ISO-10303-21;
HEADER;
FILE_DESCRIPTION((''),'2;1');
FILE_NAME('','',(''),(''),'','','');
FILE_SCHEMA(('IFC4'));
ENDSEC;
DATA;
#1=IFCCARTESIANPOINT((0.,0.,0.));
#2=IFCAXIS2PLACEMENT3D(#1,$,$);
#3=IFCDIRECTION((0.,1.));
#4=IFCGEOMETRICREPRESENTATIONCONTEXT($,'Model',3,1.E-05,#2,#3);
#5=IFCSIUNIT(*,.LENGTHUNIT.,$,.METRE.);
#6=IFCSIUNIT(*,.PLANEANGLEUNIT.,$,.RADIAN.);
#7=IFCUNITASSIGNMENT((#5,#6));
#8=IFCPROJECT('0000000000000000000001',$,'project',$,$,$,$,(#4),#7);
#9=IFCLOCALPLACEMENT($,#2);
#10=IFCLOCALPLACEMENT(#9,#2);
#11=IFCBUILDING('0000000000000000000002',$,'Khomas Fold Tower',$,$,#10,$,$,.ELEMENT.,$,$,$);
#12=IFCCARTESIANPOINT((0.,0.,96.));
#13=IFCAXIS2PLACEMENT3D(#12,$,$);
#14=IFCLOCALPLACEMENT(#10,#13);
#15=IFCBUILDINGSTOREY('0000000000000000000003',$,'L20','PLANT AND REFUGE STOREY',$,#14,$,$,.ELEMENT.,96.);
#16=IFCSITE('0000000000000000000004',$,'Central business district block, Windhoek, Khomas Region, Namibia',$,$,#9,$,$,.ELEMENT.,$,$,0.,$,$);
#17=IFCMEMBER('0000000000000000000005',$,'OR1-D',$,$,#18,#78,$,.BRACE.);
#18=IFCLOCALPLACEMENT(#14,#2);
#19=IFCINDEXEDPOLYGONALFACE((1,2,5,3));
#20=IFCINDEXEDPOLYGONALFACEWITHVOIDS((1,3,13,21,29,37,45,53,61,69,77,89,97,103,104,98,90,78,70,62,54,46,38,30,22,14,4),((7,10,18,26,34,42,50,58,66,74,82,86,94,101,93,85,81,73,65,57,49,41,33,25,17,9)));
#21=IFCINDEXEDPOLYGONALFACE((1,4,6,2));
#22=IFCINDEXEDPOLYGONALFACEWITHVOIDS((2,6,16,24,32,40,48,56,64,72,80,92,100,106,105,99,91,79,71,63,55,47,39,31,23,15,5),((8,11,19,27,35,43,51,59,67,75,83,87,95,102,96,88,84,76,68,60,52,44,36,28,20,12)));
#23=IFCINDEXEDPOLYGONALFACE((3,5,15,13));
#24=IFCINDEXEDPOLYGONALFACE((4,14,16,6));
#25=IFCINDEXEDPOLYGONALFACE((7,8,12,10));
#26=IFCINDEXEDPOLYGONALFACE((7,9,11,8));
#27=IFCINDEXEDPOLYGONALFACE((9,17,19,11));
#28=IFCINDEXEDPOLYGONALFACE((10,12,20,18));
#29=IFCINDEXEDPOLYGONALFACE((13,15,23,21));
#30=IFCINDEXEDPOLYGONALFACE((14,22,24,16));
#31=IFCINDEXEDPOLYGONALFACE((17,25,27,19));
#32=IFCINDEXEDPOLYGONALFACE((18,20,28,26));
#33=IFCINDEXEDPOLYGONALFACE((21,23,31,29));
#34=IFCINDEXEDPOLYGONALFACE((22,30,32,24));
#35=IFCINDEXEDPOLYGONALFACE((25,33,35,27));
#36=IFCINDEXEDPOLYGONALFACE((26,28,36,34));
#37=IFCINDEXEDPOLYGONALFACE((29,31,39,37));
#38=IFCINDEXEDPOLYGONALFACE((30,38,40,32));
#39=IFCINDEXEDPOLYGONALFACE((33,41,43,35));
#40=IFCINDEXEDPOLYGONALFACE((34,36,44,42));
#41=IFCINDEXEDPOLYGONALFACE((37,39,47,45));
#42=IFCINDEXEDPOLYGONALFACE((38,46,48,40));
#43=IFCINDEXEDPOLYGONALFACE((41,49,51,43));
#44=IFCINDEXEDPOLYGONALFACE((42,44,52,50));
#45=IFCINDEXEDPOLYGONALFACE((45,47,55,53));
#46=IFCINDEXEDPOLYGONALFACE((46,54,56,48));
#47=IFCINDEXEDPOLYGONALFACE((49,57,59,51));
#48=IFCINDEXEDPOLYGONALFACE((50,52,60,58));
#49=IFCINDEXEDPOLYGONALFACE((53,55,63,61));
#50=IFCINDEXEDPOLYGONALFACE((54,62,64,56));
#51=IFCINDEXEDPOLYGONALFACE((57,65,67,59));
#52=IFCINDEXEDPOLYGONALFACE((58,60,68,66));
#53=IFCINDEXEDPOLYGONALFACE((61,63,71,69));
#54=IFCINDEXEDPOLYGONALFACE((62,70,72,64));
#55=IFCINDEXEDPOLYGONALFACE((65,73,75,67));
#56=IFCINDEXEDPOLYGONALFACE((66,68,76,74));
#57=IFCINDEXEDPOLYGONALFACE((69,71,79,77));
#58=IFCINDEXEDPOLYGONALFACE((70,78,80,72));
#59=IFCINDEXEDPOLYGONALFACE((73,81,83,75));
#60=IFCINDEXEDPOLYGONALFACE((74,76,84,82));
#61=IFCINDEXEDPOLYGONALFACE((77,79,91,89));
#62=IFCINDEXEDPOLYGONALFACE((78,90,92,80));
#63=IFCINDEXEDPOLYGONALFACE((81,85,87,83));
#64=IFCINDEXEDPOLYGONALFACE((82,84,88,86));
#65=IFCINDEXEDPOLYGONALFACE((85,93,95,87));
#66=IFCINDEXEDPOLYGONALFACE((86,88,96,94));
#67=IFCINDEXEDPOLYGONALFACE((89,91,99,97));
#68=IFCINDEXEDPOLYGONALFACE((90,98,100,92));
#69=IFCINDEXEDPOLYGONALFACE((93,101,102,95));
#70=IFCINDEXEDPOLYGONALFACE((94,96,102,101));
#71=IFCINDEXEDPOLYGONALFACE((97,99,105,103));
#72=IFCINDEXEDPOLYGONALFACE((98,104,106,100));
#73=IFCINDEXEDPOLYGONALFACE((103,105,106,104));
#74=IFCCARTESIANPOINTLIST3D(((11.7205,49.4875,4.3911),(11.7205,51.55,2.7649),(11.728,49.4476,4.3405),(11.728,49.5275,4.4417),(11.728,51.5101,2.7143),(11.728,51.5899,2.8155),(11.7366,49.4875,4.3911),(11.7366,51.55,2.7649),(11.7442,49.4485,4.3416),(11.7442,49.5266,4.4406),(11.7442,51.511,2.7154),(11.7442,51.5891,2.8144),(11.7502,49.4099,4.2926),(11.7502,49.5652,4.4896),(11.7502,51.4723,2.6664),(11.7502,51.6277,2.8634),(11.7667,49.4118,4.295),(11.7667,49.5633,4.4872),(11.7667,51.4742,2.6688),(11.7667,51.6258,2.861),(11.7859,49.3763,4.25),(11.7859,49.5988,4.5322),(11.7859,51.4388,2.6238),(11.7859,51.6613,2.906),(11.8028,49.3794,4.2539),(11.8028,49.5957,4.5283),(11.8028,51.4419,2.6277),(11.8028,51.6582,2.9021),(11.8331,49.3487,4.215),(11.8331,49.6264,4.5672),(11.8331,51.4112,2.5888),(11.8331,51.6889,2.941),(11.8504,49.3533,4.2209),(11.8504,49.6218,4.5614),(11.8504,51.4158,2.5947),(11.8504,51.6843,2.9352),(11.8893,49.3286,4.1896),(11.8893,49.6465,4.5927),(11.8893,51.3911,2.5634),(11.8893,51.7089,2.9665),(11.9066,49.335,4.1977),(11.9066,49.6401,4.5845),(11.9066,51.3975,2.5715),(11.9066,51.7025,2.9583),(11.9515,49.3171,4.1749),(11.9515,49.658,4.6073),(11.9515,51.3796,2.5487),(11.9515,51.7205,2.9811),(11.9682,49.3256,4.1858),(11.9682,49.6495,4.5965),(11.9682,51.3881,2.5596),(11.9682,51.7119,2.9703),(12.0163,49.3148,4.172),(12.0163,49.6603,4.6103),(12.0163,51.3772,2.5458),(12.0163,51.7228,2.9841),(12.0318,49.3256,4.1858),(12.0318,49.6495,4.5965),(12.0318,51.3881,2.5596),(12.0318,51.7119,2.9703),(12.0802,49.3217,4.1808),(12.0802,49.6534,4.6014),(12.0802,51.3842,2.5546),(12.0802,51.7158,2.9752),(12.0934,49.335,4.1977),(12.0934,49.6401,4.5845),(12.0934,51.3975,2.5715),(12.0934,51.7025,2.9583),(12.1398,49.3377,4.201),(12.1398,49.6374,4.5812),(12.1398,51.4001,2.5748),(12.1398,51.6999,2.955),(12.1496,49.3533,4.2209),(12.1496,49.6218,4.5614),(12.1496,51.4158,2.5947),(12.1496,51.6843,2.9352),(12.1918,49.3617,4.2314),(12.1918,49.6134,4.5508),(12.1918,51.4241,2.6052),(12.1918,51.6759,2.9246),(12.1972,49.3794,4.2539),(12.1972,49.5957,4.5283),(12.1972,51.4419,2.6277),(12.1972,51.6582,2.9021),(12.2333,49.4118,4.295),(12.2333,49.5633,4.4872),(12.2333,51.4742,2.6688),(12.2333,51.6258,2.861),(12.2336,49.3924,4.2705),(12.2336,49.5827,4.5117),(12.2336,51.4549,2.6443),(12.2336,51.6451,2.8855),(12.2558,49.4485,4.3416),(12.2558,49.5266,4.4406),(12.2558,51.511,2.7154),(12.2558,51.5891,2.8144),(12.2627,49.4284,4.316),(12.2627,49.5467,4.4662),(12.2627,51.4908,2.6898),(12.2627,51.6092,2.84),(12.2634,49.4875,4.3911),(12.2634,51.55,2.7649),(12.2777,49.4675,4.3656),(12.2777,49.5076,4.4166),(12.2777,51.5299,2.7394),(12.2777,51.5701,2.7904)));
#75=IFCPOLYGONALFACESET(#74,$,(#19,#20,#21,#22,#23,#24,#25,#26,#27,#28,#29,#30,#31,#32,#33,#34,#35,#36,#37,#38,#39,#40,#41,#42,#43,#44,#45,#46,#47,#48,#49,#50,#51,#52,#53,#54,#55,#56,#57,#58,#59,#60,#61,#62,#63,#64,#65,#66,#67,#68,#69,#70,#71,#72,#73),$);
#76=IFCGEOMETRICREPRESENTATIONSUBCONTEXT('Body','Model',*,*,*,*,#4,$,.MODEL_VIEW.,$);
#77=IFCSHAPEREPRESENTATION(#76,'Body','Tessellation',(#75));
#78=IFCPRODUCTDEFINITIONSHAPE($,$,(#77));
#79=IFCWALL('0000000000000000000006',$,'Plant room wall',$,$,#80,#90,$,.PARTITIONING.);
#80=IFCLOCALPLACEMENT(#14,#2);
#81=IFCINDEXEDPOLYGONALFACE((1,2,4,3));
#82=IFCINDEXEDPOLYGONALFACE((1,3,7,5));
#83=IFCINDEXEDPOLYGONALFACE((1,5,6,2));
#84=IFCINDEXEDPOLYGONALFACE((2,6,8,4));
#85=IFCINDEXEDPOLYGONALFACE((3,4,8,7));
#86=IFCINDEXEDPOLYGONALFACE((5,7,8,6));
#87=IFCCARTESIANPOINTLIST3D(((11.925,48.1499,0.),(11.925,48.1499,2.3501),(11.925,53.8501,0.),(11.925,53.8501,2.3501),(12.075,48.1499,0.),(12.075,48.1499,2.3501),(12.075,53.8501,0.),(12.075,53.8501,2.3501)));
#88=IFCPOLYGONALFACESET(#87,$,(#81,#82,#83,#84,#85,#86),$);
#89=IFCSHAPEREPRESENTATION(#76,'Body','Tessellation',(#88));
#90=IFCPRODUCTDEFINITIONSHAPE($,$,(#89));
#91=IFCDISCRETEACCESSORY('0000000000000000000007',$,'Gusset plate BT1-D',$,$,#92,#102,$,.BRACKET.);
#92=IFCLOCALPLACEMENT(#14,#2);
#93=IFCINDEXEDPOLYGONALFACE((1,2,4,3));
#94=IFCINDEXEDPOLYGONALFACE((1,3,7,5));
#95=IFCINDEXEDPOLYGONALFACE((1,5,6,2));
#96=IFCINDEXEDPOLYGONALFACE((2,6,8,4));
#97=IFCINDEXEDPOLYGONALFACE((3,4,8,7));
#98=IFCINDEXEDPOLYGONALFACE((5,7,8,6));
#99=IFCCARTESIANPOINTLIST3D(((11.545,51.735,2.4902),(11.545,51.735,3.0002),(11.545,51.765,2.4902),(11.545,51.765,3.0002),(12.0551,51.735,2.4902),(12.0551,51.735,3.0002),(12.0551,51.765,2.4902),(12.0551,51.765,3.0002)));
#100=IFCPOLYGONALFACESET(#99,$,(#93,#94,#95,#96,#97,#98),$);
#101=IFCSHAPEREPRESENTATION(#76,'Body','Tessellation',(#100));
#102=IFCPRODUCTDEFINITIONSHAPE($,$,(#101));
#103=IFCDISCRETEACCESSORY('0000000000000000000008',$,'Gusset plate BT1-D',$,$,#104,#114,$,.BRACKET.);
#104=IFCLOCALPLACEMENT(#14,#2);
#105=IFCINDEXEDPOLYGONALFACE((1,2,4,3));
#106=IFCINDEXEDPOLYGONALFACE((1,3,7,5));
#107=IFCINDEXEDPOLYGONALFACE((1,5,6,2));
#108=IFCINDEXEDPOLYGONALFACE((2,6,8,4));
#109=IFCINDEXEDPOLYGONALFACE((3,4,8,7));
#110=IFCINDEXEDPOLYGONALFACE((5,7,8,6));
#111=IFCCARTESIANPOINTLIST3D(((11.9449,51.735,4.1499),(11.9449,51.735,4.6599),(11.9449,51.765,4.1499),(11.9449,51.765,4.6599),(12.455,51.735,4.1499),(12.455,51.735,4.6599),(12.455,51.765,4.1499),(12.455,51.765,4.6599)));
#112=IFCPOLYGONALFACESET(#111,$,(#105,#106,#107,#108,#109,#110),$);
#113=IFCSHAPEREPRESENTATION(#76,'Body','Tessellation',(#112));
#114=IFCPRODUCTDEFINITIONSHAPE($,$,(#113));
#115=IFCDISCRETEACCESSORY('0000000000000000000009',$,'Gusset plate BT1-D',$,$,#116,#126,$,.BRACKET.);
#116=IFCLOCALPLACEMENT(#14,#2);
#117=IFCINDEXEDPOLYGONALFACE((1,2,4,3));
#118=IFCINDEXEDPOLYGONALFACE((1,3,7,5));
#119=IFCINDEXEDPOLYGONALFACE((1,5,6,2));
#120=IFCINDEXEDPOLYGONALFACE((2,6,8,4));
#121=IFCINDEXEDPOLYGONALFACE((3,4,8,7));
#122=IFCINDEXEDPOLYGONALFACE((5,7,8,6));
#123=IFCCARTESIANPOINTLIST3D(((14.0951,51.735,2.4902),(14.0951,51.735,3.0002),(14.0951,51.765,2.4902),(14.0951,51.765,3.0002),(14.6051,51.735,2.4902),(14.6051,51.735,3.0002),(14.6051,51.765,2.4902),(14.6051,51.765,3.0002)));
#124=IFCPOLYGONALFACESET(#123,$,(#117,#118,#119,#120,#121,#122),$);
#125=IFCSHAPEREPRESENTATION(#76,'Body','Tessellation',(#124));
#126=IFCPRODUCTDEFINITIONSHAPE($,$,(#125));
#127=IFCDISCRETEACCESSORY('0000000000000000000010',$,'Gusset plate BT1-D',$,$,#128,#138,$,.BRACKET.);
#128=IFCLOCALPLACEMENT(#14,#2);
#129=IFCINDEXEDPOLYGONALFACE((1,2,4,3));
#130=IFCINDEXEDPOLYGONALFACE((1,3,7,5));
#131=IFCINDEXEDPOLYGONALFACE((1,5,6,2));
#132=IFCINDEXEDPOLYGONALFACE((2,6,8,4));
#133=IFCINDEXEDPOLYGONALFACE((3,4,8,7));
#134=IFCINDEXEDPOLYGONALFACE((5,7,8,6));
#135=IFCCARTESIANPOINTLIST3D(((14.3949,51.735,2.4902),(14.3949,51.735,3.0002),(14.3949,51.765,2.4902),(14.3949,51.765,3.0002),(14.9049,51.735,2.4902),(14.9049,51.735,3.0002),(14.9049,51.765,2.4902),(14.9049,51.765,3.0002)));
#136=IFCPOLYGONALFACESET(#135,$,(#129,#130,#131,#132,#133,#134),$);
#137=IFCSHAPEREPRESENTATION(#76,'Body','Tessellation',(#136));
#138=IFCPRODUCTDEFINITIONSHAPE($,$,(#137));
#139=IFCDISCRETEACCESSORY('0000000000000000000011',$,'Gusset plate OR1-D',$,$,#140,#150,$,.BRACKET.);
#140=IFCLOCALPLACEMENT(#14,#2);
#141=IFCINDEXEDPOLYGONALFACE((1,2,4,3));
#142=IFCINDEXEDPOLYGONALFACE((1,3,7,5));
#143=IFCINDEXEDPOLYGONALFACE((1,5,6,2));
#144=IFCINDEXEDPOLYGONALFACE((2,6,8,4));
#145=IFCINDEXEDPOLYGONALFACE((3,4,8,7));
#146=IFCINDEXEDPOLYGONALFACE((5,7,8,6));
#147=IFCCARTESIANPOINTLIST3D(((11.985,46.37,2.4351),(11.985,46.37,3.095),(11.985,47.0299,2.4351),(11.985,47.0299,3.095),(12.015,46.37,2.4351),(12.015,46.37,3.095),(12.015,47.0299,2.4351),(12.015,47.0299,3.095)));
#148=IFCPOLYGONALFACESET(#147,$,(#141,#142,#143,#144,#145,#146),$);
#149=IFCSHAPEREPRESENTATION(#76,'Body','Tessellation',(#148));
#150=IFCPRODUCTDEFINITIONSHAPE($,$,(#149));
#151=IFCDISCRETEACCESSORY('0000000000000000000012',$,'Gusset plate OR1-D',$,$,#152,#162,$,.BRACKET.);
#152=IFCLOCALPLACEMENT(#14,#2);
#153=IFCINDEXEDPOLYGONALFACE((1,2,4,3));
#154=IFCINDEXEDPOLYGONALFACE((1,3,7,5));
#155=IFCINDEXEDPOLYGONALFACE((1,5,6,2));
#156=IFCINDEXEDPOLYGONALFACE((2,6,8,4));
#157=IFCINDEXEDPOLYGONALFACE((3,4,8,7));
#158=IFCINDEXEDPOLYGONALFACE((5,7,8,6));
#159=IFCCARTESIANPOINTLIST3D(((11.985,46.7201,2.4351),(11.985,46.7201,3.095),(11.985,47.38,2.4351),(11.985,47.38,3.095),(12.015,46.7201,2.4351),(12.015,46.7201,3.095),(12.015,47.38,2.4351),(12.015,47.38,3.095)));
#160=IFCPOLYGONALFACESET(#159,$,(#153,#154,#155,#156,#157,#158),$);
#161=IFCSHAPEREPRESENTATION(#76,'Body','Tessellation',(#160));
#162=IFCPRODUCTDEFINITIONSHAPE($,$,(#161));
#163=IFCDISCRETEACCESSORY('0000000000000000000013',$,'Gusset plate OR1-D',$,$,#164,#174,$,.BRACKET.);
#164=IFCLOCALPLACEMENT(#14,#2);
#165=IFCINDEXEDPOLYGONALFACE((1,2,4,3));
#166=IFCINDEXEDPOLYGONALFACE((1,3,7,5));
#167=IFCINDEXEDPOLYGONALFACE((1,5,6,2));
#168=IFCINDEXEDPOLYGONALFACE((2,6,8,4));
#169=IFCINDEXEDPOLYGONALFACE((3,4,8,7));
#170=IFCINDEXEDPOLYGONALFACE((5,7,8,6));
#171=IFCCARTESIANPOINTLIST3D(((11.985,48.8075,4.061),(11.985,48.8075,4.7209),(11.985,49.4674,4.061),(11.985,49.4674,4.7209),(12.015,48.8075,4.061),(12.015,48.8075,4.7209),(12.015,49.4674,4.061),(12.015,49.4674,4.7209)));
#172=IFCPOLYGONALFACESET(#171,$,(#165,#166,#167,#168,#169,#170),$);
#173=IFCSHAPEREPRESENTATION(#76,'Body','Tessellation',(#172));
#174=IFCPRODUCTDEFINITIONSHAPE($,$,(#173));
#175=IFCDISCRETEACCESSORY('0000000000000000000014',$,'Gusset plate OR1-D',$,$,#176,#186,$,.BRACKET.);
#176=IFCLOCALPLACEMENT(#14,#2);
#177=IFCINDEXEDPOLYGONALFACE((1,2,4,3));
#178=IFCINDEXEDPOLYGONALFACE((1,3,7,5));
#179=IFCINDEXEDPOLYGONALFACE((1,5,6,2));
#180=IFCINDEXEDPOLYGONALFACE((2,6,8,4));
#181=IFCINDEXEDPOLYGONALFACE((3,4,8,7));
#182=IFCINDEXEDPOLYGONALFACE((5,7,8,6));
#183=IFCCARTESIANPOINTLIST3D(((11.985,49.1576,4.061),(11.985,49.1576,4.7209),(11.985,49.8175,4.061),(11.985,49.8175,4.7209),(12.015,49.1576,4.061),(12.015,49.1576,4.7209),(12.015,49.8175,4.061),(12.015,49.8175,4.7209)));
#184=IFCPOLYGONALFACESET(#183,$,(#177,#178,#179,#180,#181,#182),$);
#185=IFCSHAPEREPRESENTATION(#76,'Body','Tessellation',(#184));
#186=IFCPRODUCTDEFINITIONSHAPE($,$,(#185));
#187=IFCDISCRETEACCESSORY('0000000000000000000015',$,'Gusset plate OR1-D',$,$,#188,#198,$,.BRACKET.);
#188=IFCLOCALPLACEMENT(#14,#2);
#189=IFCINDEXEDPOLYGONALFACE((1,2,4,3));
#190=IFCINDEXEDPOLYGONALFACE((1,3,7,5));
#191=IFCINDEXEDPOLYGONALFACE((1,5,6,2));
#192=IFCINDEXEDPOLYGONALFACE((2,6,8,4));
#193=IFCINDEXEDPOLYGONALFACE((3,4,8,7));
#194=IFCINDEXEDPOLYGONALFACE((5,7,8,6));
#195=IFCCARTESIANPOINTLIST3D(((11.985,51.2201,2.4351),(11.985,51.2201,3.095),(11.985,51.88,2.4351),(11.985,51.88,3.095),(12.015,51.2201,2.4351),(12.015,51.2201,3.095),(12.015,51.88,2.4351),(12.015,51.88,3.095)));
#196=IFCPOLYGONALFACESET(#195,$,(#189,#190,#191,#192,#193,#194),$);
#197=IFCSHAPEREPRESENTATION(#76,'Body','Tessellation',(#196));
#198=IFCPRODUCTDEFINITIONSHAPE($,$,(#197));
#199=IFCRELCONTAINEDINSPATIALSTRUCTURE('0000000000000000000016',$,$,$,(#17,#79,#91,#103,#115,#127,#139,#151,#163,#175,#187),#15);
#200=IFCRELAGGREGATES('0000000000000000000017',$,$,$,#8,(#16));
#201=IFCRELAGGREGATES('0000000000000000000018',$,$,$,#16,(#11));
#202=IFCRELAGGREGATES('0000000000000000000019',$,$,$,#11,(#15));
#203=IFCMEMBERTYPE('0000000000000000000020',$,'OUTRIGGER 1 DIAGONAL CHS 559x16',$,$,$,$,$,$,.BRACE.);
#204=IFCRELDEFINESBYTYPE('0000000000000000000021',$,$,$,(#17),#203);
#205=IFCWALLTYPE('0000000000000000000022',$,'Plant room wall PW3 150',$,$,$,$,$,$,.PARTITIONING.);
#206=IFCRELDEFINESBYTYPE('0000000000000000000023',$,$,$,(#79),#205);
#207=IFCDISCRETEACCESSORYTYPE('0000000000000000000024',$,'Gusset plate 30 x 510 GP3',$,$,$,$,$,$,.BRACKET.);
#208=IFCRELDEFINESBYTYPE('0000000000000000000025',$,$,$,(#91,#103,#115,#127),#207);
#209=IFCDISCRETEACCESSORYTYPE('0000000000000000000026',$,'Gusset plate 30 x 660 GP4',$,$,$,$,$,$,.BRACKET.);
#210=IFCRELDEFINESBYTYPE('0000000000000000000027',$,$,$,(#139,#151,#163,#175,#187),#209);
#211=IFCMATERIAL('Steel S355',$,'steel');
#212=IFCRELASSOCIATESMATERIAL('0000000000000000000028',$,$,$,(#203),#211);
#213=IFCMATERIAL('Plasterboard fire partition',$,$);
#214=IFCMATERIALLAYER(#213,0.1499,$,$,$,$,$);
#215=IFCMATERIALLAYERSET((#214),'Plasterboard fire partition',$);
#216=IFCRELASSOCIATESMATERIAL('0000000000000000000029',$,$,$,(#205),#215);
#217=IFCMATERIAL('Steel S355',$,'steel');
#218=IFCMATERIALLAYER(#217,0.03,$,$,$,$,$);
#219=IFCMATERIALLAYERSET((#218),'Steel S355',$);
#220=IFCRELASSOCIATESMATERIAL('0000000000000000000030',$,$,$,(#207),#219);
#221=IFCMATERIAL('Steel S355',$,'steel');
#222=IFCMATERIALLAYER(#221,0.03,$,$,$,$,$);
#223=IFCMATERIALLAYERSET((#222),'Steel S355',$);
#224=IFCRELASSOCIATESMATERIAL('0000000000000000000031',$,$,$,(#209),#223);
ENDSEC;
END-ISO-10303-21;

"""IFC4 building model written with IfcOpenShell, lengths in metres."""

from ifc_helpers import new_model, si_unit, direction, frame, frame_2d, origin, origin_2d, place, context, subcontext, project, spatial, rectangle, hollow_circle, extrude, source, transform, mapped, material, layer, layer_set, material_profile, profile_set, type_object, element, save


model = new_model("IFC4")

# Units and contexts
model_context = context("Model", 3, precision=1e-05, world=origin(), true_north=direction((0.0, 1.0)))
body_context = subcontext(model_context, "Body", "Model", "MODEL_VIEW")
ifc_project = project(units=[si_unit("LENGTHUNIT", "METRE"), si_unit("PLANEANGLEUNIT", "RADIAN")], contexts=[model_context])

# Site, building, storey
site_placement = place(None, origin())
site = spatial("IfcSite", under=ifc_project, at=site_placement, Name="Central business district block, Windhoek, Khomas Region, Namibia", CompositionType="ELEMENT", RefElevation=0.0)
building_placement = place(site_placement, origin())
building = spatial("IfcBuilding", under=site, at=building_placement, Name="Khomas Fold Tower", CompositionType="ELEMENT")
storey_placement = place(building_placement, frame((0.0, 0.0, 96.0)))
storey = spatial("IfcBuildingStorey", under=building, at=storey_placement, Name="L20", Description="PLANT AND REFUGE STOREY", CompositionType="ELEMENT", Elevation=96.0)

# Member
ifc_material_1 = material(Name="Steel S355", Category="steel")
ifc_material_profile_1 = material_profile(ifc_material_1, hollow_circle(Radius=0.2795, WallThickness=0.0161, at=origin_2d()), Name="CHS 559x16")
ifc_profile_set_1 = profile_set([ifc_material_profile_1], Name="Steel S355")
member_type_1 = type_object("IfcMemberType", Name="OUTRIGGER 1 DIAGONAL CHS 559x16", PredefinedType="BRACE", material=ifc_profile_set_1)
shared_shape_1 = source(origin(), body_context, "Body", "SweptSolid", [
    extrude(hollow_circle(Radius=0.2795, WallThickness=0.0161, at=origin_2d()), origin(), (0.0, 0.0, 1.0), 2.6265),
])
member_1_placement = place(storey_placement, frame((12.0, 49.4875, 4.3911), z_axis=(0.0, 0.785266, -0.619159), x_axis=(-1.0, 0.0, 0.0)))
element("IfcMember", 1, at=member_1_placement, inside=storey, type_object=member_type_1, Name="OR1-D", PredefinedType="BRACE", context=body_context, shape_type="MappedRepresentation", body=[
    mapped(shared_shape_1, transform((0.0, 0.0, 0.0))),
])

# Wall
ifc_material_2 = material(Name="Plasterboard fire partition")
ifc_layer_1 = layer(ifc_material_2, 0.1499)
ifc_layer_set_1 = layer_set([ifc_layer_1], Name="Plasterboard fire partition")
wall_type = type_object("IfcWallType", Name="Plant room wall PW3 150", PredefinedType="PARTITIONING", material=ifc_layer_set_1)
shared_shape_2 = source(origin(), body_context, "Body", "SweptSolid", [
    extrude(rectangle(XDim=5.7002, YDim=0.1499, at=frame_2d((2.8501, 0.0))), origin(), (0.0, 0.0, 1.0), 2.3501),
])
wall_placement = place(storey_placement, frame((12.0, 48.1499, 0.0), z_axis=(0.0, 0.0, 1.0), x_axis=(0.0, 1.0, 0.0)))
element("IfcWall", 2, at=wall_placement, inside=storey, type_object=wall_type, Name="Plant room wall", PredefinedType="PARTITIONING", context=body_context, shape_type="MappedRepresentation", body=[
    mapped(shared_shape_2, transform((0.0, 0.0, 0.0))),
])

# Discrete accessories
ifc_material_3 = material(Name="Steel S355", Category="steel")
ifc_layer_2 = layer(ifc_material_3, 0.03)
ifc_layer_set_2 = layer_set([ifc_layer_2], Name="Steel S355")
discrete_accessory_type_1 = type_object("IfcDiscreteAccessoryType", Name="Gusset plate 30 x 510 GP3", PredefinedType="BRACKET", material=ifc_layer_set_2)
shared_shape_3 = source(origin(), body_context, "Body", "SweptSolid", [
    extrude(rectangle(XDim=0.51, YDim=0.03, at=origin_2d()), origin(), (0.0, 0.0, 1.0), 0.51),
])
for number, where, z_axis, x_axis, name in (
    (3, (11.8, 51.75, 2.4902), (0.0, 0.0, 1.0), (1.0, 0.0, 0.0), "Gusset plate BT1-D"),
    (4, (12.2, 51.75, 4.1499), (0.0, 0.0, 1.0), (1.0, 0.0, 0.0), "Gusset plate BT1-D"),
    (5, (14.3501, 51.75, 2.4902), (0.0, 0.0, 1.0), (1.0, 0.0, 0.0), "Gusset plate BT1-D"),
    (6, (14.6499, 51.75, 2.4902), (0.0, 0.0, 1.0), (1.0, 0.0, 0.0), "Gusset plate BT1-D"),
):
    element("IfcDiscreteAccessory", number, at=place(storey_placement, frame(where, z_axis=z_axis, x_axis=x_axis)), inside=storey, type_object=discrete_accessory_type_1, Name=name, PredefinedType="BRACKET", context=body_context, shape_type="MappedRepresentation", body=[
        mapped(shared_shape_3, transform((0.0, 0.0, 0.0))),
    ])
ifc_material_4 = material(Name="Steel S355", Category="steel")
ifc_layer_3 = layer(ifc_material_4, 0.03)
ifc_layer_set_3 = layer_set([ifc_layer_3], Name="Steel S355")
discrete_accessory_type_2 = type_object("IfcDiscreteAccessoryType", Name="Gusset plate 30 x 660 GP4", PredefinedType="BRACKET", material=ifc_layer_set_3)
shared_shape_4 = source(origin(), body_context, "Body", "SweptSolid", [
    extrude(rectangle(XDim=0.6599, YDim=0.03, at=origin_2d()), origin(), (0.0, 0.0, 1.0), 0.6599),
])
for number, where, z_axis, x_axis, name in (
    (7, (12.0, 46.7, 2.4351), (0.0, 0.0, 1.0), (0.0, 1.0, 0.0), "Gusset plate OR1-D"),
    (8, (12.0, 47.05, 2.4351), (0.0, 0.0, 1.0), (0.0, 1.0, 0.0), "Gusset plate OR1-D"),
    (9, (12.0, 49.1375, 4.061), (0.0, 0.0, 1.0), (0.0, 1.0, 0.0), "Gusset plate OR1-D"),
    (10, (12.0, 49.4875, 4.061), (0.0, 0.0, 1.0), (0.0, 1.0, 0.0), "Gusset plate OR1-D"),
    (11, (12.0, 51.55, 2.4351), (0.0, 0.0, 1.0), (0.0, 1.0, 0.0), "Gusset plate OR1-D"),
):
    element("IfcDiscreteAccessory", number, at=place(storey_placement, frame(where, z_axis=z_axis, x_axis=x_axis)), inside=storey, type_object=discrete_accessory_type_2, Name=name, PredefinedType="BRACKET", context=body_context, shape_type="MappedRepresentation", body=[
        mapped(shared_shape_4, transform((0.0, 0.0, 0.0))),
    ])

save(model, "model.ifc")
